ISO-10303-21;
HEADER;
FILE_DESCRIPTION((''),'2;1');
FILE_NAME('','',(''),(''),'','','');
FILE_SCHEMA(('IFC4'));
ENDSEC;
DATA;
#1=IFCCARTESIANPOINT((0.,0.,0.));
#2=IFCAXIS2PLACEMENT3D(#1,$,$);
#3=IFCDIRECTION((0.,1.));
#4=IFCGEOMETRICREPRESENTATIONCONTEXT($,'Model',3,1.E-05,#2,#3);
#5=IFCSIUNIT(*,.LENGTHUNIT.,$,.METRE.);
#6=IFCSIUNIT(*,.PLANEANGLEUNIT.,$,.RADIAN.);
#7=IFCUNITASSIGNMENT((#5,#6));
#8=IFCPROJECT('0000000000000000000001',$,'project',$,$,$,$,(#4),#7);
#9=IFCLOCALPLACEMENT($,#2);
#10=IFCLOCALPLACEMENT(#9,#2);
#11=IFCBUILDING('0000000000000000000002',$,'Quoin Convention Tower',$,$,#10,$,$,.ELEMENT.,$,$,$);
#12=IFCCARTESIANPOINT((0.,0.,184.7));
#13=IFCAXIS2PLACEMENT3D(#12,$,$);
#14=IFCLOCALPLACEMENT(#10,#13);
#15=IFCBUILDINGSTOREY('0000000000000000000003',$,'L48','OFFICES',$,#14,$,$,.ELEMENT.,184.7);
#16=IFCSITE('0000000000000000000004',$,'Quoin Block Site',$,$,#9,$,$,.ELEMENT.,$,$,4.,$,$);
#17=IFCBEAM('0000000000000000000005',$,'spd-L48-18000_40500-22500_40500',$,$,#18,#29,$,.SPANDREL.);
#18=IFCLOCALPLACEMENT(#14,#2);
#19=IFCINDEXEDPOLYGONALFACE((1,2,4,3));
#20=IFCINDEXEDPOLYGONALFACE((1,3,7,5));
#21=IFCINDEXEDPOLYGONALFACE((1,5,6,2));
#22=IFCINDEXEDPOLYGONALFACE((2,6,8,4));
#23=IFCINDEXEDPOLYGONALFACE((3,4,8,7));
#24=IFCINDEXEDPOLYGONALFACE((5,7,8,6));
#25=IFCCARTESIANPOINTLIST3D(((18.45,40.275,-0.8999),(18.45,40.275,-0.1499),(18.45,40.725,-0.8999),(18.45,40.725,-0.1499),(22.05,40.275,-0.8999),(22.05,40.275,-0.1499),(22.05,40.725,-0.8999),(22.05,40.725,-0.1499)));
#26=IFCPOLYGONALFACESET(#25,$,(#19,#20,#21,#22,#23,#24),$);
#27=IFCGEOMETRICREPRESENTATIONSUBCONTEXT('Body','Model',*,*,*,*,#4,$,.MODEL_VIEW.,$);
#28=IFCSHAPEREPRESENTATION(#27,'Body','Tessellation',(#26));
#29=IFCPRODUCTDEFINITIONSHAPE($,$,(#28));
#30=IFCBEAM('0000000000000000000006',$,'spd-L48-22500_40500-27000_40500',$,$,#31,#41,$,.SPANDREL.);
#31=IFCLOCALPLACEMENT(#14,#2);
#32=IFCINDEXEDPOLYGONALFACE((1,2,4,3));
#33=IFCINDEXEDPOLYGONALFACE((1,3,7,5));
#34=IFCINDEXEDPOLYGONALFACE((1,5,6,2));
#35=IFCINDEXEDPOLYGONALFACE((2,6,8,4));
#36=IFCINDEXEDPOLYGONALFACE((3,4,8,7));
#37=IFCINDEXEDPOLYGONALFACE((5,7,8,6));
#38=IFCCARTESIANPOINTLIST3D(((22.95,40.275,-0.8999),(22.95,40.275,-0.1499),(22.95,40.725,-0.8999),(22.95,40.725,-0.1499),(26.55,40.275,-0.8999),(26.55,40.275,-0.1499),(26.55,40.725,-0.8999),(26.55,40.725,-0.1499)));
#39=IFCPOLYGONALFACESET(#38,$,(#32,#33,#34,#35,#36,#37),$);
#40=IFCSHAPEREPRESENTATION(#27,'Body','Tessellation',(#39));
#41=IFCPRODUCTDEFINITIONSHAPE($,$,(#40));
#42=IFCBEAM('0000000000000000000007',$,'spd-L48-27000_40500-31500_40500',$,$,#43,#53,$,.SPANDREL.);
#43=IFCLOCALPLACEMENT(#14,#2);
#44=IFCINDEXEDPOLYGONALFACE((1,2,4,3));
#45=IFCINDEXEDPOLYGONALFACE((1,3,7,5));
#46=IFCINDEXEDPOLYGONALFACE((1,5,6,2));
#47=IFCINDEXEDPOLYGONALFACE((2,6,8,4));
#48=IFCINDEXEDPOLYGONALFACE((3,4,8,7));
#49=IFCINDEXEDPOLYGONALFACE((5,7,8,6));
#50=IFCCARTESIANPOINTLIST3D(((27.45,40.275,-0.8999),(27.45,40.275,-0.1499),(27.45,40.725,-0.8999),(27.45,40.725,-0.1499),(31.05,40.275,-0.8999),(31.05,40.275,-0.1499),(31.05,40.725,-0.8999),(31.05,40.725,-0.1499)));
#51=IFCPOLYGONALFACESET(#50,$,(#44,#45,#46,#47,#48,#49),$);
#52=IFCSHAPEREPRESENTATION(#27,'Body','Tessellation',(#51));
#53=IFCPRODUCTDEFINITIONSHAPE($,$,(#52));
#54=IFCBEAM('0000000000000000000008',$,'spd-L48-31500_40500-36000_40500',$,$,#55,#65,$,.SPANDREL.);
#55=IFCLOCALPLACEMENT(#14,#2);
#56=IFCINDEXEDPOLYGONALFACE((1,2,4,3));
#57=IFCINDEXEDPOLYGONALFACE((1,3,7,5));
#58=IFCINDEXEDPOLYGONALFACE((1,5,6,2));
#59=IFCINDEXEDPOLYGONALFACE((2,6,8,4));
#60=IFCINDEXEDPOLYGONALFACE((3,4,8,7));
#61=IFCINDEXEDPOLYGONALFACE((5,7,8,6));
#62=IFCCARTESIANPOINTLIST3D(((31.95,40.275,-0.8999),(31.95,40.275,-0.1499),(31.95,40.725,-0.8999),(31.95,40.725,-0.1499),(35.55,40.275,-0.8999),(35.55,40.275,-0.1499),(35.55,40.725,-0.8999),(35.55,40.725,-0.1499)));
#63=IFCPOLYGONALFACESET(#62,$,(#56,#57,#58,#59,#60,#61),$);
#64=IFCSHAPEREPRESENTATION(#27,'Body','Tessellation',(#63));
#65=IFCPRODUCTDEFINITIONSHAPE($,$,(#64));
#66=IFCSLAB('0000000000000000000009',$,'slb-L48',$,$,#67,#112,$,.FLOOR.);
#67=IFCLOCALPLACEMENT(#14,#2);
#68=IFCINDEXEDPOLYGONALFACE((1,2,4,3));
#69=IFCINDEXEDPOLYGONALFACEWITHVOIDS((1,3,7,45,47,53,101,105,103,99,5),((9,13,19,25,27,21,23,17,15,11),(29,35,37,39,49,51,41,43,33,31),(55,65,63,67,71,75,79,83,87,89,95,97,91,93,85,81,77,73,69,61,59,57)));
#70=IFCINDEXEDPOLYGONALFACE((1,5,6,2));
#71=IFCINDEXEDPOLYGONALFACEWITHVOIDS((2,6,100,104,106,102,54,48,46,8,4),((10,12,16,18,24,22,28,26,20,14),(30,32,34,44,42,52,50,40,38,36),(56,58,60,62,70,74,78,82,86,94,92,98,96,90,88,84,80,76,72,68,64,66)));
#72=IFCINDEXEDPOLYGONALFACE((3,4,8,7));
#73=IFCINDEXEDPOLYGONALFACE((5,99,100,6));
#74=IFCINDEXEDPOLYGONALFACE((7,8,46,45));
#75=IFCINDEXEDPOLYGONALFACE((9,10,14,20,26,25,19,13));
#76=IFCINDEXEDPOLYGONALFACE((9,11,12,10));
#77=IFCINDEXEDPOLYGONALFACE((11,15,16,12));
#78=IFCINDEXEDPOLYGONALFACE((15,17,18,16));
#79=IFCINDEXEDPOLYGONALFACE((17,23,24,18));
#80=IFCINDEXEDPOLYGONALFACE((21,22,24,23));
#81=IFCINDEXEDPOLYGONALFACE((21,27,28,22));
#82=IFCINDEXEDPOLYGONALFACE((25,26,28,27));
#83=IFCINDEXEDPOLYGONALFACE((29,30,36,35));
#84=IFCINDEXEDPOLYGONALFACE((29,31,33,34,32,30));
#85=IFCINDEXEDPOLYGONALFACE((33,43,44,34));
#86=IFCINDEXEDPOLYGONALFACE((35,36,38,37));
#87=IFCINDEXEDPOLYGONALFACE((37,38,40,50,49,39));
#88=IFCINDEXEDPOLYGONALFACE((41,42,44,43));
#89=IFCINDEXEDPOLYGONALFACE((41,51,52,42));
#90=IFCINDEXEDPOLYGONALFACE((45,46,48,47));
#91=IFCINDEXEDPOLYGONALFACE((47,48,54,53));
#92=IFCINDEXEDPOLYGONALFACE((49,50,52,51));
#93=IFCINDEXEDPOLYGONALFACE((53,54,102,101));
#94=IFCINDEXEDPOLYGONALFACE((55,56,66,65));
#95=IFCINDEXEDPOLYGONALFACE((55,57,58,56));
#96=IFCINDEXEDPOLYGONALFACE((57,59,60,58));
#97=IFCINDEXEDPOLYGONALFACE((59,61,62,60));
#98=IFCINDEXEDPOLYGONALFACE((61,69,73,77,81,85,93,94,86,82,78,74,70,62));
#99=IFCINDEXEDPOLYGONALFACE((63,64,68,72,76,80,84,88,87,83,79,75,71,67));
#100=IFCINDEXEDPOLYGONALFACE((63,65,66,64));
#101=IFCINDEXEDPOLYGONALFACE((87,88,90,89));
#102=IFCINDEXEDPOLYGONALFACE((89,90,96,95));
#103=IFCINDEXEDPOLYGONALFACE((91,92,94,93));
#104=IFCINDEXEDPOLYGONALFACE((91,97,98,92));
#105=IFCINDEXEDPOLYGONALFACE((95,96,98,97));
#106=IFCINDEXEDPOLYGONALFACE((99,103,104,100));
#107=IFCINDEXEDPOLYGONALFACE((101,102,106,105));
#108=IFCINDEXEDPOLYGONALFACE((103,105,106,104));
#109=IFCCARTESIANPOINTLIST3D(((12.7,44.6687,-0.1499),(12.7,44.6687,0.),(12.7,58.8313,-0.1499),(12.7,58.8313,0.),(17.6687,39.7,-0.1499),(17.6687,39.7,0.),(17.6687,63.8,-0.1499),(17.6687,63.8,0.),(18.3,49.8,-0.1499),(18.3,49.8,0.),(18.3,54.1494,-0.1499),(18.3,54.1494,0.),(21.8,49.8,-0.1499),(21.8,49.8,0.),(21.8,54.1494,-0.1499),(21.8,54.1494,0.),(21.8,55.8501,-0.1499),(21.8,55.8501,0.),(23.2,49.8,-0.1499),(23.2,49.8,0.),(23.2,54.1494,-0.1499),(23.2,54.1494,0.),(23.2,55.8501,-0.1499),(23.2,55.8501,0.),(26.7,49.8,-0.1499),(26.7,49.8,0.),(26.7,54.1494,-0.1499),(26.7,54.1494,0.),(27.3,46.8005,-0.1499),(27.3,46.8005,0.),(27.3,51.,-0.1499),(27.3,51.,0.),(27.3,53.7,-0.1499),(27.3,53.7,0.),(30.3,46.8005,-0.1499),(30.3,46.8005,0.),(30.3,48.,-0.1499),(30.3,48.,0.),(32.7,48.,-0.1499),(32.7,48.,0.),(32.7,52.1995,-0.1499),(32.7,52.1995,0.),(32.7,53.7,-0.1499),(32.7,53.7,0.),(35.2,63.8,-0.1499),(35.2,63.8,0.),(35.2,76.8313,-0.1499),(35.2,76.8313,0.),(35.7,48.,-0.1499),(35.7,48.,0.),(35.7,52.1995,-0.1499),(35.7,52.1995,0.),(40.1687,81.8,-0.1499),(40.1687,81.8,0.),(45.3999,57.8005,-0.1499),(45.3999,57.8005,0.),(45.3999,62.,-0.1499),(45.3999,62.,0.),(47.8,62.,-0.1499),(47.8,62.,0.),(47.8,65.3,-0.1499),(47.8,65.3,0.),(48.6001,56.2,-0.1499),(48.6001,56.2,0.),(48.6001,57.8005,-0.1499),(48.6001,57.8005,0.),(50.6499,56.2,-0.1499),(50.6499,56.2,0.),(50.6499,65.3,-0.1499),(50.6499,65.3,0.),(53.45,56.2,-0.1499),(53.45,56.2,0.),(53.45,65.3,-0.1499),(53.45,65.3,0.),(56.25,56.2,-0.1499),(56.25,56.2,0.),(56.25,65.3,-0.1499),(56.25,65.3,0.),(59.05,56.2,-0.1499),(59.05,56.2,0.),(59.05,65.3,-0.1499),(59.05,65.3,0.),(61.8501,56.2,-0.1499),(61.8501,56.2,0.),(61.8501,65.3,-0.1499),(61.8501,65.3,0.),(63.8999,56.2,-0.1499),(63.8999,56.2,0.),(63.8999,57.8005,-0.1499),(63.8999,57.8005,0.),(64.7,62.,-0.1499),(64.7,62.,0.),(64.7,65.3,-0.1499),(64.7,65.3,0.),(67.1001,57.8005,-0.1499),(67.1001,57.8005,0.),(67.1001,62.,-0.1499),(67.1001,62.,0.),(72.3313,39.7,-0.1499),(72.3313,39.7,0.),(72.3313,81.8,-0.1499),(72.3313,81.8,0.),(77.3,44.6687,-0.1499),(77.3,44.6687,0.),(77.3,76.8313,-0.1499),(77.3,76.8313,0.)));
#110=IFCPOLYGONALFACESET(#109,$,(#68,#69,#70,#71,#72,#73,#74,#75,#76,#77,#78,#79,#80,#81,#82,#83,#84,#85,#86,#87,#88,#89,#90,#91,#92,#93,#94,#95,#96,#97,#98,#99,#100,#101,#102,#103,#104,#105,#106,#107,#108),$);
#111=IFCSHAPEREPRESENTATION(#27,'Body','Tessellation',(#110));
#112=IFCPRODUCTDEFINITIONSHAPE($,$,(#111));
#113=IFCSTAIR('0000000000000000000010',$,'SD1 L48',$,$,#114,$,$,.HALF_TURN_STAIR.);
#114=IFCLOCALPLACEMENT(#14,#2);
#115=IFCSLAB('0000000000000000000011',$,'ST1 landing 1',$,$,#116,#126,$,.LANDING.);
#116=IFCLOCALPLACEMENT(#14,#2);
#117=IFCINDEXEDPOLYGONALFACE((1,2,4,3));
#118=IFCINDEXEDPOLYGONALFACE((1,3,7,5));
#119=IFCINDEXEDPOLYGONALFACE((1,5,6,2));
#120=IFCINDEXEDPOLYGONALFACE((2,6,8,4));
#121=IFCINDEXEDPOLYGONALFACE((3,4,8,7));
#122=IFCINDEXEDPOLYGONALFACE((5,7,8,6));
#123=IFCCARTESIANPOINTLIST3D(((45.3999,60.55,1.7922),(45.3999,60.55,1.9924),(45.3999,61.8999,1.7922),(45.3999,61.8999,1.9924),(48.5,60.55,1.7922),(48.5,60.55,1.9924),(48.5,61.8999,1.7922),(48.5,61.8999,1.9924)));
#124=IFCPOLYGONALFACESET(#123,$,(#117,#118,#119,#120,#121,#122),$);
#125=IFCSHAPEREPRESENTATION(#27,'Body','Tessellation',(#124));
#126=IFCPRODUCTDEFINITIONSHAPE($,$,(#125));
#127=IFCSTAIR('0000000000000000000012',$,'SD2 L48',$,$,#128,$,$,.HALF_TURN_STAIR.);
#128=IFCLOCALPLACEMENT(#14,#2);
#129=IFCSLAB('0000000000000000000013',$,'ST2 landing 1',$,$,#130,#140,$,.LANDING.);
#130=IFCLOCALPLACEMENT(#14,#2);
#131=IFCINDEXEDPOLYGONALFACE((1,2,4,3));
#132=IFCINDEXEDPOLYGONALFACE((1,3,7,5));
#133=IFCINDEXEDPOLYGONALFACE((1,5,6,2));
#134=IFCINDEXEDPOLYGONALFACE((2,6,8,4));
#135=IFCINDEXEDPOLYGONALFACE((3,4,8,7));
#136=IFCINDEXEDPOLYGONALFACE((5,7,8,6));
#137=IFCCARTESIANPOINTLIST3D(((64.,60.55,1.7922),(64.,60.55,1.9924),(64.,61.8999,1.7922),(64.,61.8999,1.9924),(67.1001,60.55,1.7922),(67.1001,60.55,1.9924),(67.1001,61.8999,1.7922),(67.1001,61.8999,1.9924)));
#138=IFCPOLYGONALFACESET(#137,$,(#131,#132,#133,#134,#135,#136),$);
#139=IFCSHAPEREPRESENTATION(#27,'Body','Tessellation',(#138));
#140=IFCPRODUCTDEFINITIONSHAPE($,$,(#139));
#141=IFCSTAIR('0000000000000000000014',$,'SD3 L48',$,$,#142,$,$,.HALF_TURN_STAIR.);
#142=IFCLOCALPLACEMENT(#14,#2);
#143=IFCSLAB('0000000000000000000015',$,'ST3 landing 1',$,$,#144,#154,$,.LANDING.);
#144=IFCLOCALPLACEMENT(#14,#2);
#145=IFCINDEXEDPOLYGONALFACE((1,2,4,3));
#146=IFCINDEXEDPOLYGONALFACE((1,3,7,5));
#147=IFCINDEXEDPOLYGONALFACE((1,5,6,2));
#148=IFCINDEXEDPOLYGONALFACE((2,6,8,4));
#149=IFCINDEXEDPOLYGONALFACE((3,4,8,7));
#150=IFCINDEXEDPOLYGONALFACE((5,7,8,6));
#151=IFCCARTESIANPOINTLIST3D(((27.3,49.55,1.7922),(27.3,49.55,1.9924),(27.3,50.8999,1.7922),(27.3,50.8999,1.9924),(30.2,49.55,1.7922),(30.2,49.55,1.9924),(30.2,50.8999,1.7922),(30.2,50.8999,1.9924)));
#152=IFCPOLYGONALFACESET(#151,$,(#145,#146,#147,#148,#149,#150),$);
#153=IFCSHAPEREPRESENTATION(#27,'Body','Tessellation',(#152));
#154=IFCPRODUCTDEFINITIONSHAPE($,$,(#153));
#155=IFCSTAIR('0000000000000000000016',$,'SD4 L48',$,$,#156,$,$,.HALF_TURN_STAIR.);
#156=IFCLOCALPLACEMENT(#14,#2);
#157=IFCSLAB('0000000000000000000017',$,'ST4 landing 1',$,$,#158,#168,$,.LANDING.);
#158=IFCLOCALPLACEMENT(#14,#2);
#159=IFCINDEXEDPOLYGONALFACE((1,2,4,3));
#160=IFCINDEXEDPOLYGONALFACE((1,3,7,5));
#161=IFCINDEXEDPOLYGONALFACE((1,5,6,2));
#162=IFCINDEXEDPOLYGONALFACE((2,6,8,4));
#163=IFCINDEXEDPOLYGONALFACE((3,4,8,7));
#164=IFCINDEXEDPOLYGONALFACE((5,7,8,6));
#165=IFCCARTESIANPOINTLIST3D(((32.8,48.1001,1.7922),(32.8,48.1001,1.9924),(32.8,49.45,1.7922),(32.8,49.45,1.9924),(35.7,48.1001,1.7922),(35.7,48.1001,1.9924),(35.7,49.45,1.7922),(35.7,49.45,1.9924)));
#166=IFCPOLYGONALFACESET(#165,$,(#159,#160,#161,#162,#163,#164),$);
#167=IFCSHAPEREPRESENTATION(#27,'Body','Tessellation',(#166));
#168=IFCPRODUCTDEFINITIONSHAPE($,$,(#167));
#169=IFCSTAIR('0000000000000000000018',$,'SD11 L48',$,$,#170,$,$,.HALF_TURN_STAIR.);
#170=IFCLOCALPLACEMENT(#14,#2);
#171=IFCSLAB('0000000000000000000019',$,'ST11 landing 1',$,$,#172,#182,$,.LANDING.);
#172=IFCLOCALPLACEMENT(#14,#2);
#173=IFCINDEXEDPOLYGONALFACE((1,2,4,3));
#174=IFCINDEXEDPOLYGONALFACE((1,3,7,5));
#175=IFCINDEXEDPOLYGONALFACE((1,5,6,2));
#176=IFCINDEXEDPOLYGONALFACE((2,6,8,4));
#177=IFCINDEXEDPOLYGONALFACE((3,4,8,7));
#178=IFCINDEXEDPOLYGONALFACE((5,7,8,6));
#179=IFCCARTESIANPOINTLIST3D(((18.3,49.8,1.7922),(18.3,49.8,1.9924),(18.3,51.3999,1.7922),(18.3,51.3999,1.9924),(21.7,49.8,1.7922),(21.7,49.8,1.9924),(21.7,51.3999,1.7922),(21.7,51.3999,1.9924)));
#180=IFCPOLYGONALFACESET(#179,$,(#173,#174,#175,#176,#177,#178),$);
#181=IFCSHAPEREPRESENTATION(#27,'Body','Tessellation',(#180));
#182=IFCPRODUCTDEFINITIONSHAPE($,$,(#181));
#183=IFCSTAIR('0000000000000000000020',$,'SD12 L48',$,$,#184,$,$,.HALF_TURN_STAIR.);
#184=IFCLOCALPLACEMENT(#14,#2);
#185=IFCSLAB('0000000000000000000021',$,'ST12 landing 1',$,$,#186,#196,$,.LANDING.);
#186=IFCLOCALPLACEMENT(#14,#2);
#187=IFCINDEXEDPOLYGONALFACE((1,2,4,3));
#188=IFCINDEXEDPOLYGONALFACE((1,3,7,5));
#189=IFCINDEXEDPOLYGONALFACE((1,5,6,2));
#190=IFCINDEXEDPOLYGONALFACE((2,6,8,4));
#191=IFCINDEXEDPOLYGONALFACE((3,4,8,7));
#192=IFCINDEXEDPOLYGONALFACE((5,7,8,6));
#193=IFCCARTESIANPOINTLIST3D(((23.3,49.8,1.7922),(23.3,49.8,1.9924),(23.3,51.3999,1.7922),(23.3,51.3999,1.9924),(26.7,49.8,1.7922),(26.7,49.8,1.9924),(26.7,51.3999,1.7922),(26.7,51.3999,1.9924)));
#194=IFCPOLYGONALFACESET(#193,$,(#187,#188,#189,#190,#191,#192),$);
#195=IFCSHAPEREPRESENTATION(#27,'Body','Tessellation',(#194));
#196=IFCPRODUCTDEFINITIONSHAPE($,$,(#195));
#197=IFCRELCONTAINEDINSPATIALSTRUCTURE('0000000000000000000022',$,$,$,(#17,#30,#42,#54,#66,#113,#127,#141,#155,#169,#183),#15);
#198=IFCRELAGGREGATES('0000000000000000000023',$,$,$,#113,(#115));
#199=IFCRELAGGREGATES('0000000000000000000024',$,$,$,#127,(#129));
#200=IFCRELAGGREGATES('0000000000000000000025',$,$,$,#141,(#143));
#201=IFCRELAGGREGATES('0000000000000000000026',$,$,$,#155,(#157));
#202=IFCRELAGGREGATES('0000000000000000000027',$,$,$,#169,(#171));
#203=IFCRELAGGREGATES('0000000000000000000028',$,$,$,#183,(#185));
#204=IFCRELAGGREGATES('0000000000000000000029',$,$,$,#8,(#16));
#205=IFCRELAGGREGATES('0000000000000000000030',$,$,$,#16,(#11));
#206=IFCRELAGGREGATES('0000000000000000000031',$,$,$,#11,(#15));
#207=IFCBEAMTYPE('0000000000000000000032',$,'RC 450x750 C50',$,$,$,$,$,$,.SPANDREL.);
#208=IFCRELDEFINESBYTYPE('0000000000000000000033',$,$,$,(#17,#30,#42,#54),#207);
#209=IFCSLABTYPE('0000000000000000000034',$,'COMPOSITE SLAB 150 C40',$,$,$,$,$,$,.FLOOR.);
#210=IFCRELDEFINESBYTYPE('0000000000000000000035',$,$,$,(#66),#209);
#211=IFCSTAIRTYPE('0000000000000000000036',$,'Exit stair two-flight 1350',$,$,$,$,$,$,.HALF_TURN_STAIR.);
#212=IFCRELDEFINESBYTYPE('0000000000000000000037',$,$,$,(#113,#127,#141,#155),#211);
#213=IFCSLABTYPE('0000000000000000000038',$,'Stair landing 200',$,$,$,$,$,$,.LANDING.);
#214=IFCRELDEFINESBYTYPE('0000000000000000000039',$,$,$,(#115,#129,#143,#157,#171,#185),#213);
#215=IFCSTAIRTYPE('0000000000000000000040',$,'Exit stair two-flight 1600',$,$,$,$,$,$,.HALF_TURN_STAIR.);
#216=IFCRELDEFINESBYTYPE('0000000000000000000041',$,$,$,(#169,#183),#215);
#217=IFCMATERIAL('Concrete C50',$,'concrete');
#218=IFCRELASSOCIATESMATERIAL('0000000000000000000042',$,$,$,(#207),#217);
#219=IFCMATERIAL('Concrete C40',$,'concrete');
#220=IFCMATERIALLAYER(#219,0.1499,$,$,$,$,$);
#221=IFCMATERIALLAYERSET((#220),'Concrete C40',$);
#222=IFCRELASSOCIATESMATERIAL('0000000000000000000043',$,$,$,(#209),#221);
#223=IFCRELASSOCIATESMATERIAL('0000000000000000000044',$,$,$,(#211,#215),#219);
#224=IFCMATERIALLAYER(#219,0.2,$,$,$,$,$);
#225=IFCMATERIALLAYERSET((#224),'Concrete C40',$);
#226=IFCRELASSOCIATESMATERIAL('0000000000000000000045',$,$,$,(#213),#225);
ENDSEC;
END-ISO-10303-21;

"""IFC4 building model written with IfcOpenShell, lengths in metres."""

from ifc_helpers import new_model, si_unit, direction, frame, origin, origin_2d, place, context, subcontext, project, spatial, polyline, rectangle, outline, extrude, material, layer, layer_set, material_profile, profile_set, type_object, element, aggregate, save


model = new_model("IFC4")

# Units and contexts
model_context = context("Model", 3, precision=1e-05, world=origin(), true_north=direction((0.0, 1.0)))
body_context = subcontext(model_context, "Body", "Model", "MODEL_VIEW")
ifc_project = project(units=[si_unit("LENGTHUNIT", "METRE"), si_unit("PLANEANGLEUNIT", "RADIAN")], contexts=[model_context])

# Site, building, storey
site_placement = place(None, origin())
site = spatial("IfcSite", under=ifc_project, at=site_placement, Name="Quoin Block Site", CompositionType="ELEMENT", RefElevation=4.0)
building_placement = place(site_placement, origin())
building = spatial("IfcBuilding", under=site, at=building_placement, Name="Quoin Convention Tower", CompositionType="ELEMENT")
storey_placement = place(building_placement, frame((0.0, 0.0, 184.7)))
storey = spatial("IfcBuildingStorey", under=building, at=storey_placement, Name="L48", Description="OFFICES", CompositionType="ELEMENT", Elevation=184.7)

# Shared definitions
ifc_material_1 = material(Name="Concrete C50", Category="concrete")

# Beams
ifc_material_profile_1 = material_profile(ifc_material_1, rectangle(XDim=0.45, YDim=0.75, at=origin_2d()), Name="RC 450x750")
ifc_profile_set_1 = profile_set([ifc_material_profile_1], Name="Concrete C50")
beam_type_1 = type_object("IfcBeamType", Name="RC 450x750 C50", PredefinedType="SPANDREL", material=ifc_profile_set_1)
for number, where, z_axis, x_axis, name in (
    (1, (18.45, 40.5, -0.5249), (1.0, 0.0, 0.0), (0.0, 1.0, 0.0), "spd-L48-18000_40500-22500_40500"),
    (2, (22.95, 40.5, -0.5249), (1.0, 0.0, 0.0), (0.0, 1.0, 0.0), "spd-L48-22500_40500-27000_40500"),
    (3, (27.45, 40.5, -0.5249), (1.0, 0.0, 0.0), (0.0, 1.0, 0.0), "spd-L48-27000_40500-31500_40500"),
    (4, (31.95, 40.5, -0.5249), (1.0, 0.0, 0.0), (0.0, 1.0, 0.0), "spd-L48-31500_40500-36000_40500"),
):
    element("IfcBeam", number, at=place(storey_placement, frame(where, z_axis=z_axis, x_axis=x_axis)), inside=storey, type_object=beam_type_1, Name=name, PredefinedType="SPANDREL", context=body_context, shape_type="SweptSolid", body=[
        extrude(rectangle(XDim=0.45, YDim=0.75, at=origin_2d()), origin(), (0.0, 0.0, 1.0), 3.6001),
    ])

# Slab
ifc_material_2 = material(Name="Concrete C40", Category="concrete")
ifc_layer_1 = layer(ifc_material_2, 0.1499)
ifc_layer_set_1 = layer_set([ifc_layer_1], Name="Concrete C40")
slab_type_1 = type_object("IfcSlabType", Name="COMPOSITE SLAB 150 C40", PredefinedType="FLOOR", material=ifc_layer_set_1)
slab_1_placement = place(storey_placement, frame((0.0, 0.0, -0.1499)))
element("IfcSlab", 5, at=slab_1_placement, inside=storey, type_object=slab_type_1, Name="slb-L48", PredefinedType="FLOOR", context=body_context, shape_type="SweptSolid", body=[
    extrude(outline(polyline([(17.6687, 39.7), (12.7, 44.6687), (12.7, 58.8313), (17.6687, 63.8), (35.2, 63.8), (35.2, 76.8313), (40.1687, 81.8), (72.3313, 81.8), (77.3, 76.8313), (77.3, 44.6687), (72.3313, 39.7), (17.6687, 39.7)]), holes=[polyline([(27.3, 51.0), (27.3, 46.8005), (30.3, 46.8005), (30.3, 48.0), (32.7, 48.0), (35.7, 48.0), (35.7, 52.1995), (32.7, 52.1995), (32.7, 53.7), (27.3, 53.7), (27.3, 51.0)]), polyline([(18.3, 49.8), (21.8, 49.8), (23.2, 49.8), (26.7, 49.8), (26.7, 54.1494), (23.2, 54.1494), (23.2, 55.8501), (21.8, 55.8501), (21.8, 54.1494), (18.3, 54.1494), (18.3, 49.8)]), polyline([(48.6001, 56.2), (50.6499, 56.2), (53.45, 56.2), (56.25, 56.2), (59.05, 56.2), (61.8501, 56.2), (63.8999, 56.2), (63.8999, 57.8005), (67.1001, 57.8005), (67.1001, 62.0), (64.7, 62.0), (64.7, 65.3), (61.8501, 65.3), (59.05, 65.3), (56.25, 65.3), (53.45, 65.3), (50.6499, 65.3), (47.8, 65.3), (47.8, 62.0), (45.3999, 62.0), (45.3999, 57.8005), (48.6001, 57.8005), (48.6001, 56.2)])]), origin(), (0.0, 0.0, 1.0), 0.1499),
])

# Stairs, slabs
stair_type_1 = type_object("IfcStairType", Name="Exit stair two-flight 1350", PredefinedType="HALF_TURN_STAIR", material=ifc_material_2)
stair_1_placement = place(storey_placement, origin())
stair_1 = element("IfcStair", 6, at=stair_1_placement, inside=storey, type_object=stair_type_1, Name="SD1 L48", PredefinedType="HALF_TURN_STAIR")
ifc_layer_2 = layer(ifc_material_2, 0.2)
ifc_layer_set_2 = layer_set([ifc_layer_2], Name="Concrete C40")
slab_type_2 = type_object("IfcSlabType", Name="Stair landing 200", PredefinedType="LANDING", material=ifc_layer_set_2)
slab_2_placement = place(storey_placement, frame((0.0, 0.0, 1.7922)))
slab_2 = element("IfcSlab", 7, at=slab_2_placement, type_object=slab_type_2, Name="ST1 landing 1", PredefinedType="LANDING", context=body_context, shape_type="SweptSolid", body=[
    extrude(outline(polyline([(45.3999, 60.55), (48.5, 60.55), (48.5, 61.8999), (45.3999, 61.8999), (45.3999, 60.55)])), origin(), (0.0, 0.0, 1.0), 0.2002),
])
aggregate(stair_1, [slab_2])
stair_2_placement = place(storey_placement, origin())
stair_2 = element("IfcStair", 8, at=stair_2_placement, inside=storey, type_object=stair_type_1, Name="SD2 L48", PredefinedType="HALF_TURN_STAIR")
slab_3_placement = place(storey_placement, frame((0.0, 0.0, 1.7922)))
slab_3 = element("IfcSlab", 9, at=slab_3_placement, type_object=slab_type_2, Name="ST2 landing 1", PredefinedType="LANDING", context=body_context, shape_type="SweptSolid", body=[
    extrude(outline(polyline([(64.0, 60.55), (67.1001, 60.55), (67.1001, 61.8999), (64.0, 61.8999), (64.0, 60.55)])), origin(), (0.0, 0.0, 1.0), 0.2002),
])
aggregate(stair_2, [slab_3])
stair_3_placement = place(storey_placement, origin())
stair_3 = element("IfcStair", 10, at=stair_3_placement, inside=storey, type_object=stair_type_1, Name="SD3 L48", PredefinedType="HALF_TURN_STAIR")
slab_4_placement = place(storey_placement, frame((0.0, 0.0, 1.7922)))
slab_4 = element("IfcSlab", 11, at=slab_4_placement, type_object=slab_type_2, Name="ST3 landing 1", PredefinedType="LANDING", context=body_context, shape_type="SweptSolid", body=[
    extrude(outline(polyline([(27.3, 49.55), (30.2, 49.55), (30.2, 50.8999), (27.3, 50.8999), (27.3, 49.55)])), origin(), (0.0, 0.0, 1.0), 0.2002),
])
aggregate(stair_3, [slab_4])
stair_4_placement = place(storey_placement, origin())
stair_4 = element("IfcStair", 12, at=stair_4_placement, inside=storey, type_object=stair_type_1, Name="SD4 L48", PredefinedType="HALF_TURN_STAIR")
slab_5_placement = place(storey_placement, frame((0.0, 0.0, 1.7922)))
slab_5 = element("IfcSlab", 13, at=slab_5_placement, type_object=slab_type_2, Name="ST4 landing 1", PredefinedType="LANDING", context=body_context, shape_type="SweptSolid", body=[
    extrude(outline(polyline([(35.7, 49.45), (32.8, 49.45), (32.8, 48.1001), (35.7, 48.1001), (35.7, 49.45)])), origin(), (0.0, 0.0, 1.0), 0.2002),
])
aggregate(stair_4, [slab_5])
stair_type_2 = type_object("IfcStairType", Name="Exit stair two-flight 1600", PredefinedType="HALF_TURN_STAIR", material=ifc_material_2)
stair_5_placement = place(storey_placement, origin())
stair_5 = element("IfcStair", 14, at=stair_5_placement, inside=storey, type_object=stair_type_2, Name="SD11 L48", PredefinedType="HALF_TURN_STAIR")
slab_6_placement = place(storey_placement, frame((0.0, 0.0, 1.7922)))
slab_6 = element("IfcSlab", 15, at=slab_6_placement, type_object=slab_type_2, Name="ST11 landing 1", PredefinedType="LANDING", context=body_context, shape_type="SweptSolid", body=[
    extrude(outline(polyline([(21.7, 51.3999), (18.3, 51.3999), (18.3, 49.8), (21.7, 49.8), (21.7, 51.3999)])), origin(), (0.0, 0.0, 1.0), 0.2002),
])
aggregate(stair_5, [slab_6])
stair_6_placement = place(storey_placement, origin())
stair_6 = element("IfcStair", 16, at=stair_6_placement, inside=storey, type_object=stair_type_2, Name="SD12 L48", PredefinedType="HALF_TURN_STAIR")
slab_7_placement = place(storey_placement, frame((0.0, 0.0, 1.7922)))
slab_7 = element("IfcSlab", 17, at=slab_7_placement, type_object=slab_type_2, Name="ST12 landing 1", PredefinedType="LANDING", context=body_context, shape_type="SweptSolid", body=[
    extrude(outline(polyline([(26.7, 51.3999), (23.3, 51.3999), (23.3, 49.8), (26.7, 49.8), (26.7, 51.3999)])), origin(), (0.0, 0.0, 1.0), 0.2002),
])
aggregate(stair_6, [slab_7])

save(model, "model.ifc")
